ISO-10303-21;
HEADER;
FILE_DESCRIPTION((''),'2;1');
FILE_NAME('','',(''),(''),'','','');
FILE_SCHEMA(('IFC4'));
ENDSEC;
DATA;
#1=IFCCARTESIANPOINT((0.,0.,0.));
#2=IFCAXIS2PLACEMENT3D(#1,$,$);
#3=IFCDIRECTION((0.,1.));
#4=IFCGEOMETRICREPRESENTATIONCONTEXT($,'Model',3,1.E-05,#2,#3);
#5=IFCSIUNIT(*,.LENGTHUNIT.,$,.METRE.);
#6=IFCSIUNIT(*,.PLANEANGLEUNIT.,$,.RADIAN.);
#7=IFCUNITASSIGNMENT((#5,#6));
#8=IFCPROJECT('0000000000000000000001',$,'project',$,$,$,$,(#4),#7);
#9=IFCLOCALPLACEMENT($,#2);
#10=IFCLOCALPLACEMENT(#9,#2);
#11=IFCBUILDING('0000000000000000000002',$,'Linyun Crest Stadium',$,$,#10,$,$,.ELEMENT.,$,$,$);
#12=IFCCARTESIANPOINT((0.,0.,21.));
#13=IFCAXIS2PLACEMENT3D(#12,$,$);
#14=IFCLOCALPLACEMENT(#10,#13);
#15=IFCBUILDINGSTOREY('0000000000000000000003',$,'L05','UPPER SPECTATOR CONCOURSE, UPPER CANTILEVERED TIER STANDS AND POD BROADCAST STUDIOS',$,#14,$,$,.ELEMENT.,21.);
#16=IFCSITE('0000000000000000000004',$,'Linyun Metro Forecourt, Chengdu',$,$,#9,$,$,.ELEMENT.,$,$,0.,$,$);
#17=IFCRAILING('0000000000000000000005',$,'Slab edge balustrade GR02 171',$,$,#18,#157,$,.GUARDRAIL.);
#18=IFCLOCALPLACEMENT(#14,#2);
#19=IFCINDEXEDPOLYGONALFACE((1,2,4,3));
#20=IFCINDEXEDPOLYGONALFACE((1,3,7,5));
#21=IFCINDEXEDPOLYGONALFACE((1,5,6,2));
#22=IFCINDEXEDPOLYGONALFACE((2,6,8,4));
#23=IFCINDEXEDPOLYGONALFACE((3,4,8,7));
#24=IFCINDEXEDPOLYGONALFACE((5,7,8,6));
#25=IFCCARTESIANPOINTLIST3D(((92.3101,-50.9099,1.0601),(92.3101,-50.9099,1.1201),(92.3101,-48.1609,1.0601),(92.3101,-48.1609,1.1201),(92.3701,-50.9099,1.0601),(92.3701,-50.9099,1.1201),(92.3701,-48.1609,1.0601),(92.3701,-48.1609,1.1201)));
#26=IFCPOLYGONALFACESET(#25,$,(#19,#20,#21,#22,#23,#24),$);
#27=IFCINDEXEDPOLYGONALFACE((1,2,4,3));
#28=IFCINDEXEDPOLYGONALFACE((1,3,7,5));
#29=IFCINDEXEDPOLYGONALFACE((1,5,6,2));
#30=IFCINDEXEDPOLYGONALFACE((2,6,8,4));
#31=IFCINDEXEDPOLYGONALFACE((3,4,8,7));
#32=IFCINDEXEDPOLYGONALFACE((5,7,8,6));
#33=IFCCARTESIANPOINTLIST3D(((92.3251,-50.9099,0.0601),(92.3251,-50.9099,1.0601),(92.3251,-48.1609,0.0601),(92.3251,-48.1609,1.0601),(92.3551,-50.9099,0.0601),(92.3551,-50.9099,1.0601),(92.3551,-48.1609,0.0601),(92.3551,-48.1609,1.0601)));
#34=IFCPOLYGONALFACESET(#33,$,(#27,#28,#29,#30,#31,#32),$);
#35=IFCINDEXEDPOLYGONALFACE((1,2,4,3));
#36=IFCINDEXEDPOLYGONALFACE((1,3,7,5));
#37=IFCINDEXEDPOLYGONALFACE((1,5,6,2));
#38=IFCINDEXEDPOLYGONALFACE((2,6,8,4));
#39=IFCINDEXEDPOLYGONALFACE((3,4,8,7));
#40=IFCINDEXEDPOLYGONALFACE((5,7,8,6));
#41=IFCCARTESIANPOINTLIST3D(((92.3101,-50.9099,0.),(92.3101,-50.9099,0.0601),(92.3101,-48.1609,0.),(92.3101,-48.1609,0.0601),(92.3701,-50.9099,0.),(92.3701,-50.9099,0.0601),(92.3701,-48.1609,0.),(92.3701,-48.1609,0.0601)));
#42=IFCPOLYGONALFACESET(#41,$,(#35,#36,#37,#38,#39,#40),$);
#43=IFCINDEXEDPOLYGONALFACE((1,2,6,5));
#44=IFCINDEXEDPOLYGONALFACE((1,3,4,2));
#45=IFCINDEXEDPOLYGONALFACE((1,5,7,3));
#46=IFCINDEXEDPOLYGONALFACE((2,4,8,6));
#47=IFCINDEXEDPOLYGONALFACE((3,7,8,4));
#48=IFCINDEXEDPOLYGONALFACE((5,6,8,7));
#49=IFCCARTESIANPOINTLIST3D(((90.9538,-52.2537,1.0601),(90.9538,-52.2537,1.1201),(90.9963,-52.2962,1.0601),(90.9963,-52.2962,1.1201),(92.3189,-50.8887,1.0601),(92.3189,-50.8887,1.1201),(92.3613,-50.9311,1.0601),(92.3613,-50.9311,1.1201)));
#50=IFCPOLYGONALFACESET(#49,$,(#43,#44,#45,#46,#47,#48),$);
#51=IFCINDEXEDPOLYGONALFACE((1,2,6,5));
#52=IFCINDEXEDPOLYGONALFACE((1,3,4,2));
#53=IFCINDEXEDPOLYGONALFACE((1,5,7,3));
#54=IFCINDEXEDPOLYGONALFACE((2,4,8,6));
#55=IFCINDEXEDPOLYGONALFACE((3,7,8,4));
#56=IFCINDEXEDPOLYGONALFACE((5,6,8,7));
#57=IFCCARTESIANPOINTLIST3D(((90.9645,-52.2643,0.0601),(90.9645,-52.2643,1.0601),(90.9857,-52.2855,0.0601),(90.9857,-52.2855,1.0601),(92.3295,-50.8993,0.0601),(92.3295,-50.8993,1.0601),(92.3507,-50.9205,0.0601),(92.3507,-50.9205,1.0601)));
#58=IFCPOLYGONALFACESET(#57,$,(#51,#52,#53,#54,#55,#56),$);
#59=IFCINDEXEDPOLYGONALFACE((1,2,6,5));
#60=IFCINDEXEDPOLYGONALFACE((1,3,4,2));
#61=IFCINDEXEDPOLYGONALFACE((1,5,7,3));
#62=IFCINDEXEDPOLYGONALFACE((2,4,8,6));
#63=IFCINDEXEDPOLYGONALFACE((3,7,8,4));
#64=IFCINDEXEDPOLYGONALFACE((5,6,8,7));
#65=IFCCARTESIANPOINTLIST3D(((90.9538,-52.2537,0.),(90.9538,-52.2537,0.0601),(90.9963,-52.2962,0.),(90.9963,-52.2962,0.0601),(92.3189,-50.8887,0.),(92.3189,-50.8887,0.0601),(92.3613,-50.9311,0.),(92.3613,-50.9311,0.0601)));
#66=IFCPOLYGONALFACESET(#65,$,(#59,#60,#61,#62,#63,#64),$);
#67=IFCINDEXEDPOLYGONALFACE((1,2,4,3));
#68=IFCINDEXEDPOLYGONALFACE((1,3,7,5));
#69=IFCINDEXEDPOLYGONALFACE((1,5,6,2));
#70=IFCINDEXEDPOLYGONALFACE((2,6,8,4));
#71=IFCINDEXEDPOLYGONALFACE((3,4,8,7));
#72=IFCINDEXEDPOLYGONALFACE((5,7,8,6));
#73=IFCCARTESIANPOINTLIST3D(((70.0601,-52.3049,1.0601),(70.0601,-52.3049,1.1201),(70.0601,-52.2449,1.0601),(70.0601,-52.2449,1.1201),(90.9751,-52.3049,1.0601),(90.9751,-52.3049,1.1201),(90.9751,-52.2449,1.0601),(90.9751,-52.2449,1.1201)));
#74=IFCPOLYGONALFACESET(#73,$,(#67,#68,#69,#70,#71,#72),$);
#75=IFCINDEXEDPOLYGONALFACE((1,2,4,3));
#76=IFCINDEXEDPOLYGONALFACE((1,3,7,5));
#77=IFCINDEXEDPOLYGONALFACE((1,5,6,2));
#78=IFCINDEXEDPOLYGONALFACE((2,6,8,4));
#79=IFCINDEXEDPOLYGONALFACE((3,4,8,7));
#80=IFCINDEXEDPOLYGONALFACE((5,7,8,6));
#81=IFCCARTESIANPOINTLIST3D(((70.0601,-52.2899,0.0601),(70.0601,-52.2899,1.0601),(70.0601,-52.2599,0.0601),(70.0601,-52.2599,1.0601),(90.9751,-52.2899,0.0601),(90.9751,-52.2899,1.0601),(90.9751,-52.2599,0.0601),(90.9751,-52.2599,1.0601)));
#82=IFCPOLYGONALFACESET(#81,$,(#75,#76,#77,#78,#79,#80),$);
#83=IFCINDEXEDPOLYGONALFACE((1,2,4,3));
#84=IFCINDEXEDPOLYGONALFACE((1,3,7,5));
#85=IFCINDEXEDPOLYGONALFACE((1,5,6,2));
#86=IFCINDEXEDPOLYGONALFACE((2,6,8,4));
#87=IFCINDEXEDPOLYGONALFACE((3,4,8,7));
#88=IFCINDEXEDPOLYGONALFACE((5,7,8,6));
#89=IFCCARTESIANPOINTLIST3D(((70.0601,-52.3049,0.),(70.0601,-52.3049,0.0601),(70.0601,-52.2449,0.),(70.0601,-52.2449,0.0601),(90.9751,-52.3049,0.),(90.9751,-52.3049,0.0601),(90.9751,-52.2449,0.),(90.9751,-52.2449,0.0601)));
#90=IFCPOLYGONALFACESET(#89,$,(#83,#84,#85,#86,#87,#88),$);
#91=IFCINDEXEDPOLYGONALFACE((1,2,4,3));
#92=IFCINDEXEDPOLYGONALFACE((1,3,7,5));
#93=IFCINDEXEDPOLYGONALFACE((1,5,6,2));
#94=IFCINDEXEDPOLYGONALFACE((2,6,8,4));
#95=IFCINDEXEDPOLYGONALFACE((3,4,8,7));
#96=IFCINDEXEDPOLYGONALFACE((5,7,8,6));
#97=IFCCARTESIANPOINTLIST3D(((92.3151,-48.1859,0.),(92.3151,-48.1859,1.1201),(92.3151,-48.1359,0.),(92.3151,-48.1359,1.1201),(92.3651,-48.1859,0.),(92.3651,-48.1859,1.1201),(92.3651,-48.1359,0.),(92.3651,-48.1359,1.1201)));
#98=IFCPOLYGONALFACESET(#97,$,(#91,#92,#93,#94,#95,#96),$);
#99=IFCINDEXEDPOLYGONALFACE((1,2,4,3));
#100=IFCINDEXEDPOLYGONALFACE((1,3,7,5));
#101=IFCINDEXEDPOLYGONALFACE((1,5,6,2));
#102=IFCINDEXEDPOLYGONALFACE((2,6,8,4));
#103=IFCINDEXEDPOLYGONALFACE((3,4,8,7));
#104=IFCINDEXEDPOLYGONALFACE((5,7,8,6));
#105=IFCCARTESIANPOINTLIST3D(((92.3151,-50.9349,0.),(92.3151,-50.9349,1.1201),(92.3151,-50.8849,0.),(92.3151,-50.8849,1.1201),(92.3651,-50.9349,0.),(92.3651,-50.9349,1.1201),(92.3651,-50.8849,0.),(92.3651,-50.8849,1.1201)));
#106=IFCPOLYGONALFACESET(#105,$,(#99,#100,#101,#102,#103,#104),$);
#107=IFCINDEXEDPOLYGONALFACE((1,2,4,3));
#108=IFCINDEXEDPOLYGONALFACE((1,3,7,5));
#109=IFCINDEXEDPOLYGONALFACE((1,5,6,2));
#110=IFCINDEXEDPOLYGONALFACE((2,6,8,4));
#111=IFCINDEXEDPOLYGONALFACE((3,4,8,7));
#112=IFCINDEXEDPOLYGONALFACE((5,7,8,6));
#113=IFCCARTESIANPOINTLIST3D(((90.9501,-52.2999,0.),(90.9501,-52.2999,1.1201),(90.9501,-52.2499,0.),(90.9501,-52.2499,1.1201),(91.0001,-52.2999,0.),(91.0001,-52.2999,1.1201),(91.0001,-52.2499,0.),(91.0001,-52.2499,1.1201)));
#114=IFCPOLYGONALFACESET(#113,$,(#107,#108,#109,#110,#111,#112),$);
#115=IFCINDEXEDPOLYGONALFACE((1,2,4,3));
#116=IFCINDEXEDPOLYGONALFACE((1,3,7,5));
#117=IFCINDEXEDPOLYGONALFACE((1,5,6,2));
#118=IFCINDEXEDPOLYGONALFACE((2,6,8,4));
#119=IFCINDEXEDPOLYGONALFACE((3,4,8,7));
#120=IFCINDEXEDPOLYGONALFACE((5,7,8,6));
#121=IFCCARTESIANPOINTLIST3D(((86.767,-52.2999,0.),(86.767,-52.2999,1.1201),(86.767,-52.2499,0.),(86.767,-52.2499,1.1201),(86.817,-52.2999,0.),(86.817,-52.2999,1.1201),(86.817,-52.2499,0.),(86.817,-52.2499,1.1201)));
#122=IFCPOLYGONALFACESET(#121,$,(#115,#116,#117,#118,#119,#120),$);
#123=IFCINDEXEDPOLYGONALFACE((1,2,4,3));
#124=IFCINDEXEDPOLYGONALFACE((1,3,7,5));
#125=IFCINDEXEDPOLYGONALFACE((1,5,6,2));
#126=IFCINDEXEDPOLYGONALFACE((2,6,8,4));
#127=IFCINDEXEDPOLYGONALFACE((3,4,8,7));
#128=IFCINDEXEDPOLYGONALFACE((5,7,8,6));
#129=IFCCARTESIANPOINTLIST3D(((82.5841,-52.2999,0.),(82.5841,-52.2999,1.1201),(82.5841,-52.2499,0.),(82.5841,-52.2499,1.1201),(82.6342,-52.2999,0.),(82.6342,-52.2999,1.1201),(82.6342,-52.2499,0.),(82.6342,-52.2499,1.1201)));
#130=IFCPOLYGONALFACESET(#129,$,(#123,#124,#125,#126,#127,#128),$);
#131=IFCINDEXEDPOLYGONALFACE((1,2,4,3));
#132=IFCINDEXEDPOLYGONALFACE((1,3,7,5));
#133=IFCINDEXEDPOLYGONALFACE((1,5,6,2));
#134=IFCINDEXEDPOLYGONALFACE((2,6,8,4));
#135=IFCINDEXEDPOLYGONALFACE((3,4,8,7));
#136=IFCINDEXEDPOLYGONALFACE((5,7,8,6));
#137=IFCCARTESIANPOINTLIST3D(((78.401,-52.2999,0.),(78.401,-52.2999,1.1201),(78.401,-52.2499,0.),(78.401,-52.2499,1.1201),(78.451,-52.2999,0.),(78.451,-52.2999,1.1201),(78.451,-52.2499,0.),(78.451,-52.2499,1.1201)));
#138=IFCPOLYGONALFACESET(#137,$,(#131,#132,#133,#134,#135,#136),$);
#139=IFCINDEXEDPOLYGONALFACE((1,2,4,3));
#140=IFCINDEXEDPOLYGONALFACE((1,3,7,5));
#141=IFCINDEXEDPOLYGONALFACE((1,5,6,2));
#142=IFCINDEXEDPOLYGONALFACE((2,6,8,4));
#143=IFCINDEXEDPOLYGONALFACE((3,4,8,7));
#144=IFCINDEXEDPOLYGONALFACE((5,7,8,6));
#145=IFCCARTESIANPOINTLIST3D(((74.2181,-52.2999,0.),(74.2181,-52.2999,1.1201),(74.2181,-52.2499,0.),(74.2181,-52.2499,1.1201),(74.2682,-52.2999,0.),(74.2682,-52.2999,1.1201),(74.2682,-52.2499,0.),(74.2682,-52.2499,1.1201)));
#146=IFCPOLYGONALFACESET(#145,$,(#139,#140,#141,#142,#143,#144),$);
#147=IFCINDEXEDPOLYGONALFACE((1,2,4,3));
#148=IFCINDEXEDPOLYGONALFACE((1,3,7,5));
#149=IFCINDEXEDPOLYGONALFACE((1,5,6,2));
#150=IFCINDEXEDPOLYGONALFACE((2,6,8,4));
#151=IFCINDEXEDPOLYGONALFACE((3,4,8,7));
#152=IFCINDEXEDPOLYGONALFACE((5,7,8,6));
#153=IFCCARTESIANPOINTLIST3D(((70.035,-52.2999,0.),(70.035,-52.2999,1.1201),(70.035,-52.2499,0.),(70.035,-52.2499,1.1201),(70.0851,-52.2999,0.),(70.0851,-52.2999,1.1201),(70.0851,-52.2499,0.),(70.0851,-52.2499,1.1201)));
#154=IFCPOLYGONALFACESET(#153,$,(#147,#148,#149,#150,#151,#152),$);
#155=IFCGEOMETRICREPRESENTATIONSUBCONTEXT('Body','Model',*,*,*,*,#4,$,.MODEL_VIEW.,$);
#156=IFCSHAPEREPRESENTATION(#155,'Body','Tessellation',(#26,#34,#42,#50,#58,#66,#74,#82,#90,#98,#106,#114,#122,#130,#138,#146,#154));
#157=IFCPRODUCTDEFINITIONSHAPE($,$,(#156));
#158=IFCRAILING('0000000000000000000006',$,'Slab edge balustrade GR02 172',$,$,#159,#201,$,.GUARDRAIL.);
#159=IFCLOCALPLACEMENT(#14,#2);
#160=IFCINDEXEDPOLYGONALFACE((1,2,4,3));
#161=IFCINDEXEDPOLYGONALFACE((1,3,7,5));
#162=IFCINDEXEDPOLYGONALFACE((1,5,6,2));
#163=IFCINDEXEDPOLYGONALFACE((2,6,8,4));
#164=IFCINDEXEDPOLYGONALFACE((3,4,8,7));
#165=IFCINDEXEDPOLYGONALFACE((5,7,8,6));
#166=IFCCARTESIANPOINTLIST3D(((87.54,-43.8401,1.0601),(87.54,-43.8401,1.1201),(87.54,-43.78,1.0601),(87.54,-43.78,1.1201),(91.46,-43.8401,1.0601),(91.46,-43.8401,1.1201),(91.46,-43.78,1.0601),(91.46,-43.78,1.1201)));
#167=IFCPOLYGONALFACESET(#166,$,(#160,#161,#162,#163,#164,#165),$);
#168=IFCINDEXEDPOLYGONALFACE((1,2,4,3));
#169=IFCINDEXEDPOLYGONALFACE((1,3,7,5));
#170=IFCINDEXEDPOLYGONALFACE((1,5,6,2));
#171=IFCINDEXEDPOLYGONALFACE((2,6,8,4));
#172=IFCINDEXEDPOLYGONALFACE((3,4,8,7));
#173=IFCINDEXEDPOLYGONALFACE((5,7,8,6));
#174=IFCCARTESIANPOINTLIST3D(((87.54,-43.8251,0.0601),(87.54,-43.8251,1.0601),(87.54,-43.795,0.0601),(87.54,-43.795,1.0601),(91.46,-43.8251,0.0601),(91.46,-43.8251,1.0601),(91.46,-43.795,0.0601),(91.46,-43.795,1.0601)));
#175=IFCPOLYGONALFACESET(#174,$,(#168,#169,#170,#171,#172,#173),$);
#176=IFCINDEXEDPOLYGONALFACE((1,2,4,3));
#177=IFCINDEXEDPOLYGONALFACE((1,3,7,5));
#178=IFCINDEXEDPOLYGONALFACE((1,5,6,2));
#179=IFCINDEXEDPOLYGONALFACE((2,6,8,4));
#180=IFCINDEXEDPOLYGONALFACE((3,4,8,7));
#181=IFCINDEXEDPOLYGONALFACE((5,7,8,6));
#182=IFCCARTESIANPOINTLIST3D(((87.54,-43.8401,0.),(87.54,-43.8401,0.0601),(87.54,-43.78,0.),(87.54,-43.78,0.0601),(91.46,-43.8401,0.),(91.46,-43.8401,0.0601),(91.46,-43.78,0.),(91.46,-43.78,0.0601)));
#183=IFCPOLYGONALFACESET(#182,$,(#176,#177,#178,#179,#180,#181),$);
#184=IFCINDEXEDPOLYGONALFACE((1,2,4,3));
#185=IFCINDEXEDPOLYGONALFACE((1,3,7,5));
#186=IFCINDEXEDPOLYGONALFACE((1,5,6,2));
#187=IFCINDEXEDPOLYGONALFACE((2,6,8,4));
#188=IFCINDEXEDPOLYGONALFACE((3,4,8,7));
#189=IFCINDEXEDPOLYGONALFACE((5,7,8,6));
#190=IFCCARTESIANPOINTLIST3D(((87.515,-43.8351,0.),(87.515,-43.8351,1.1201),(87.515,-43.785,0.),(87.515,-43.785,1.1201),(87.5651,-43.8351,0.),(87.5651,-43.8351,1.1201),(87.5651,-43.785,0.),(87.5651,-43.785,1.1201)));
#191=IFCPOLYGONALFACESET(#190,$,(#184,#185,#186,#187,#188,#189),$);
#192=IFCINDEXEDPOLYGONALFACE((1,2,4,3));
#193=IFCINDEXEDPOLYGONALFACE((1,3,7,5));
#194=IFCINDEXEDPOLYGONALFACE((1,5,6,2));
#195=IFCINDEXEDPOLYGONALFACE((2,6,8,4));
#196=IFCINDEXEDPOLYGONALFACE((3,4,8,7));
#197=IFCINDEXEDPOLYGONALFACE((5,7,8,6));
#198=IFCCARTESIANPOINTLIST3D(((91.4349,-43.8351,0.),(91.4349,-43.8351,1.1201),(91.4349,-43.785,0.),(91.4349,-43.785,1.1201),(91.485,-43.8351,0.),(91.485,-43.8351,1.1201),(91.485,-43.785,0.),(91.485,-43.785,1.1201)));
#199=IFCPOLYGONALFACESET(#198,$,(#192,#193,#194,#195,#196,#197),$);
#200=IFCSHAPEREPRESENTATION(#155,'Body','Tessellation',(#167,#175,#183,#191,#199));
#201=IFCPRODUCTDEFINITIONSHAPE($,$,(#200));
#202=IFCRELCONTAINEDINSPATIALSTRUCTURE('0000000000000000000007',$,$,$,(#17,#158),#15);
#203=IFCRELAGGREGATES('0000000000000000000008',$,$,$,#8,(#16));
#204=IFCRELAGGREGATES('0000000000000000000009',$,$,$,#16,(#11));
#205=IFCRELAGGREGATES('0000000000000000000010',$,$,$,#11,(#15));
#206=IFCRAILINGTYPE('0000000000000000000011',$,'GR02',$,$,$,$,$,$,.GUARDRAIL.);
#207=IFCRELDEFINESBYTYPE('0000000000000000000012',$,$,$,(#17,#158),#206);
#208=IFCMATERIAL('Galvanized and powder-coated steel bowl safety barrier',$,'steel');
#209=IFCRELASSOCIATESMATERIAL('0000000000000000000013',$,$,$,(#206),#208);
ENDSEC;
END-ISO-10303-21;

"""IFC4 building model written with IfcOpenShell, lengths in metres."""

from ifc_helpers import new_model, si_unit, direction, frame, origin, origin_2d, place, context, subcontext, project, spatial, rectangle, extrude, material, type_object, element, save


model = new_model("IFC4")

# Units and contexts
model_context = context("Model", 3, precision=1e-05, world=origin(), true_north=direction((0.0, 1.0)))
body_context = subcontext(model_context, "Body", "Model", "MODEL_VIEW")
ifc_project = project(units=[si_unit("LENGTHUNIT", "METRE"), si_unit("PLANEANGLEUNIT", "RADIAN")], contexts=[model_context])

# Site, building, storey
site_placement = place(None, origin())
site = spatial("IfcSite", under=ifc_project, at=site_placement, Name="Linyun Metro Forecourt, Chengdu", CompositionType="ELEMENT", RefElevation=0.0)
building_placement = place(site_placement, origin())
building = spatial("IfcBuilding", under=site, at=building_placement, Name="Linyun Crest Stadium", CompositionType="ELEMENT")
storey_placement = place(building_placement, frame((0.0, 0.0, 21.0)))
storey = spatial("IfcBuildingStorey", under=building, at=storey_placement, Name="L05", Description="UPPER SPECTATOR CONCOURSE, UPPER CANTILEVERED TIER STANDS AND POD BROADCAST STUDIOS", CompositionType="ELEMENT", Elevation=21.0)

# Railings
ifc_material_1 = material(Name="Galvanized and powder-coated steel bowl safety barrier", Category="steel")
railing_type_1 = type_object("IfcRailingType", Name="GR02", PredefinedType="GUARDRAIL", material=ifc_material_1)
railing_1_placement = place(storey_placement, frame((92.3401, -48.1609, 0.0)))
element("IfcRailing", 1, at=railing_1_placement, inside=storey, type_object=railing_type_1, Name="Slab edge balustrade GR02 171", PredefinedType="GUARDRAIL", context=body_context, shape_type="SweptSolid", body=[
    extrude(rectangle(XDim=0.0601, YDim=0.0601, at=origin_2d()), frame((0.0, 0.0, 1.0901), z_axis=(0.0, -1.0, 0.0), x_axis=(1.0, 0.0, 0.0)), (0.0, 0.0, 1.0), 2.749),
    extrude(rectangle(XDim=0.03, YDim=1.0, at=origin_2d()), frame((0.0, 0.0, 0.5601), z_axis=(0.0, -1.0, 0.0), x_axis=(1.0, 0.0, 0.0)), (0.0, 0.0, 1.0), 2.749),
    extrude(rectangle(XDim=0.0601, YDim=0.0601, at=origin_2d()), frame((0.0, 0.0, 0.03), z_axis=(0.0, -1.0, 0.0), x_axis=(1.0, 0.0, 0.0)), (0.0, 0.0, 1.0), 2.749),
    extrude(rectangle(XDim=0.0601, YDim=0.0601, at=origin_2d()), frame((0.0, -2.749, 1.0901), z_axis=(-0.707107, -0.707107, 0.0), x_axis=(0.707107, -0.707107, 0.0)), (0.0, 0.0, 1.0), 1.9304),
    extrude(rectangle(XDim=0.03, YDim=1.0, at=origin_2d()), frame((0.0, -2.749, 0.5601), z_axis=(-0.707107, -0.707107, 0.0), x_axis=(0.707107, -0.707107, 0.0)), (0.0, 0.0, 1.0), 1.9304),
    extrude(rectangle(XDim=0.0601, YDim=0.0601, at=origin_2d()), frame((0.0, -2.749, 0.03), z_axis=(-0.707107, -0.707107, 0.0), x_axis=(0.707107, -0.707107, 0.0)), (0.0, 0.0, 1.0), 1.9304),
    extrude(rectangle(XDim=0.0601, YDim=0.0601, at=origin_2d()), frame((-1.365, -4.114, 1.0901), z_axis=(-1.0, 0.0, 0.0), x_axis=(0.0, -1.0, 0.0)), (0.0, 0.0, 1.0), 20.915),
    extrude(rectangle(XDim=0.03, YDim=1.0, at=origin_2d()), frame((-1.365, -4.114, 0.5601), z_axis=(-1.0, 0.0, 0.0), x_axis=(0.0, -1.0, 0.0)), (0.0, 0.0, 1.0), 20.915),
    extrude(rectangle(XDim=0.0601, YDim=0.0601, at=origin_2d()), frame((-1.365, -4.114, 0.03), z_axis=(-1.0, 0.0, 0.0), x_axis=(0.0, -1.0, 0.0)), (0.0, 0.0, 1.0), 20.915),
    extrude(rectangle(XDim=0.05, YDim=0.05, at=origin_2d()), origin(), (0.0, 0.0, 1.0), 1.1201),
    extrude(rectangle(XDim=0.05, YDim=0.05, at=origin_2d()), frame((0.0, -2.749, 0.0)), (0.0, 0.0, 1.0), 1.1201),
    extrude(rectangle(XDim=0.05, YDim=0.05, at=origin_2d()), frame((-1.365, -4.114, 0.0)), (0.0, 0.0, 1.0), 1.1201),
    extrude(rectangle(XDim=0.05, YDim=0.05, at=origin_2d()), frame((-5.5481, -4.114, 0.0)), (0.0, 0.0, 1.0), 1.1201),
    extrude(rectangle(XDim=0.05, YDim=0.05, at=origin_2d()), frame((-9.731, -4.114, 0.0)), (0.0, 0.0, 1.0), 1.1201),
    extrude(rectangle(XDim=0.05, YDim=0.05, at=origin_2d()), frame((-13.9141, -4.114, 0.0)), (0.0, 0.0, 1.0), 1.1201),
    extrude(rectangle(XDim=0.05, YDim=0.05, at=origin_2d()), frame((-18.0969, -4.114, 0.0)), (0.0, 0.0, 1.0), 1.1201),
    extrude(rectangle(XDim=0.05, YDim=0.05, at=origin_2d()), frame((-22.28, -4.114, 0.0)), (0.0, 0.0, 1.0), 1.1201),
])
railing_2_placement = place(storey_placement, frame((87.54, -43.8101, 0.0)))
element("IfcRailing", 2, at=railing_2_placement, inside=storey, type_object=railing_type_1, Name="Slab edge balustrade GR02 172", PredefinedType="GUARDRAIL", context=body_context, shape_type="SweptSolid", body=[
    extrude(rectangle(XDim=0.0601, YDim=0.0601, at=origin_2d()), frame((0.0, 0.0, 1.0901), z_axis=(1.0, 0.0, 0.0), x_axis=(0.0, 1.0, 0.0)), (0.0, 0.0, 1.0), 3.9199),
    extrude(rectangle(XDim=0.03, YDim=1.0, at=origin_2d()), frame((0.0, 0.0, 0.5601), z_axis=(1.0, 0.0, 0.0), x_axis=(0.0, 1.0, 0.0)), (0.0, 0.0, 1.0), 3.9199),
    extrude(rectangle(XDim=0.0601, YDim=0.0601, at=origin_2d()), frame((0.0, 0.0, 0.03), z_axis=(1.0, 0.0, 0.0), x_axis=(0.0, 1.0, 0.0)), (0.0, 0.0, 1.0), 3.9199),
    extrude(rectangle(XDim=0.05, YDim=0.05, at=origin_2d()), origin(), (0.0, 0.0, 1.0), 1.1201),
    extrude(rectangle(XDim=0.05, YDim=0.05, at=origin_2d()), frame((3.9199, 0.0, 0.0)), (0.0, 0.0, 1.0), 1.1201),
])

save(model, "model.ifc")
